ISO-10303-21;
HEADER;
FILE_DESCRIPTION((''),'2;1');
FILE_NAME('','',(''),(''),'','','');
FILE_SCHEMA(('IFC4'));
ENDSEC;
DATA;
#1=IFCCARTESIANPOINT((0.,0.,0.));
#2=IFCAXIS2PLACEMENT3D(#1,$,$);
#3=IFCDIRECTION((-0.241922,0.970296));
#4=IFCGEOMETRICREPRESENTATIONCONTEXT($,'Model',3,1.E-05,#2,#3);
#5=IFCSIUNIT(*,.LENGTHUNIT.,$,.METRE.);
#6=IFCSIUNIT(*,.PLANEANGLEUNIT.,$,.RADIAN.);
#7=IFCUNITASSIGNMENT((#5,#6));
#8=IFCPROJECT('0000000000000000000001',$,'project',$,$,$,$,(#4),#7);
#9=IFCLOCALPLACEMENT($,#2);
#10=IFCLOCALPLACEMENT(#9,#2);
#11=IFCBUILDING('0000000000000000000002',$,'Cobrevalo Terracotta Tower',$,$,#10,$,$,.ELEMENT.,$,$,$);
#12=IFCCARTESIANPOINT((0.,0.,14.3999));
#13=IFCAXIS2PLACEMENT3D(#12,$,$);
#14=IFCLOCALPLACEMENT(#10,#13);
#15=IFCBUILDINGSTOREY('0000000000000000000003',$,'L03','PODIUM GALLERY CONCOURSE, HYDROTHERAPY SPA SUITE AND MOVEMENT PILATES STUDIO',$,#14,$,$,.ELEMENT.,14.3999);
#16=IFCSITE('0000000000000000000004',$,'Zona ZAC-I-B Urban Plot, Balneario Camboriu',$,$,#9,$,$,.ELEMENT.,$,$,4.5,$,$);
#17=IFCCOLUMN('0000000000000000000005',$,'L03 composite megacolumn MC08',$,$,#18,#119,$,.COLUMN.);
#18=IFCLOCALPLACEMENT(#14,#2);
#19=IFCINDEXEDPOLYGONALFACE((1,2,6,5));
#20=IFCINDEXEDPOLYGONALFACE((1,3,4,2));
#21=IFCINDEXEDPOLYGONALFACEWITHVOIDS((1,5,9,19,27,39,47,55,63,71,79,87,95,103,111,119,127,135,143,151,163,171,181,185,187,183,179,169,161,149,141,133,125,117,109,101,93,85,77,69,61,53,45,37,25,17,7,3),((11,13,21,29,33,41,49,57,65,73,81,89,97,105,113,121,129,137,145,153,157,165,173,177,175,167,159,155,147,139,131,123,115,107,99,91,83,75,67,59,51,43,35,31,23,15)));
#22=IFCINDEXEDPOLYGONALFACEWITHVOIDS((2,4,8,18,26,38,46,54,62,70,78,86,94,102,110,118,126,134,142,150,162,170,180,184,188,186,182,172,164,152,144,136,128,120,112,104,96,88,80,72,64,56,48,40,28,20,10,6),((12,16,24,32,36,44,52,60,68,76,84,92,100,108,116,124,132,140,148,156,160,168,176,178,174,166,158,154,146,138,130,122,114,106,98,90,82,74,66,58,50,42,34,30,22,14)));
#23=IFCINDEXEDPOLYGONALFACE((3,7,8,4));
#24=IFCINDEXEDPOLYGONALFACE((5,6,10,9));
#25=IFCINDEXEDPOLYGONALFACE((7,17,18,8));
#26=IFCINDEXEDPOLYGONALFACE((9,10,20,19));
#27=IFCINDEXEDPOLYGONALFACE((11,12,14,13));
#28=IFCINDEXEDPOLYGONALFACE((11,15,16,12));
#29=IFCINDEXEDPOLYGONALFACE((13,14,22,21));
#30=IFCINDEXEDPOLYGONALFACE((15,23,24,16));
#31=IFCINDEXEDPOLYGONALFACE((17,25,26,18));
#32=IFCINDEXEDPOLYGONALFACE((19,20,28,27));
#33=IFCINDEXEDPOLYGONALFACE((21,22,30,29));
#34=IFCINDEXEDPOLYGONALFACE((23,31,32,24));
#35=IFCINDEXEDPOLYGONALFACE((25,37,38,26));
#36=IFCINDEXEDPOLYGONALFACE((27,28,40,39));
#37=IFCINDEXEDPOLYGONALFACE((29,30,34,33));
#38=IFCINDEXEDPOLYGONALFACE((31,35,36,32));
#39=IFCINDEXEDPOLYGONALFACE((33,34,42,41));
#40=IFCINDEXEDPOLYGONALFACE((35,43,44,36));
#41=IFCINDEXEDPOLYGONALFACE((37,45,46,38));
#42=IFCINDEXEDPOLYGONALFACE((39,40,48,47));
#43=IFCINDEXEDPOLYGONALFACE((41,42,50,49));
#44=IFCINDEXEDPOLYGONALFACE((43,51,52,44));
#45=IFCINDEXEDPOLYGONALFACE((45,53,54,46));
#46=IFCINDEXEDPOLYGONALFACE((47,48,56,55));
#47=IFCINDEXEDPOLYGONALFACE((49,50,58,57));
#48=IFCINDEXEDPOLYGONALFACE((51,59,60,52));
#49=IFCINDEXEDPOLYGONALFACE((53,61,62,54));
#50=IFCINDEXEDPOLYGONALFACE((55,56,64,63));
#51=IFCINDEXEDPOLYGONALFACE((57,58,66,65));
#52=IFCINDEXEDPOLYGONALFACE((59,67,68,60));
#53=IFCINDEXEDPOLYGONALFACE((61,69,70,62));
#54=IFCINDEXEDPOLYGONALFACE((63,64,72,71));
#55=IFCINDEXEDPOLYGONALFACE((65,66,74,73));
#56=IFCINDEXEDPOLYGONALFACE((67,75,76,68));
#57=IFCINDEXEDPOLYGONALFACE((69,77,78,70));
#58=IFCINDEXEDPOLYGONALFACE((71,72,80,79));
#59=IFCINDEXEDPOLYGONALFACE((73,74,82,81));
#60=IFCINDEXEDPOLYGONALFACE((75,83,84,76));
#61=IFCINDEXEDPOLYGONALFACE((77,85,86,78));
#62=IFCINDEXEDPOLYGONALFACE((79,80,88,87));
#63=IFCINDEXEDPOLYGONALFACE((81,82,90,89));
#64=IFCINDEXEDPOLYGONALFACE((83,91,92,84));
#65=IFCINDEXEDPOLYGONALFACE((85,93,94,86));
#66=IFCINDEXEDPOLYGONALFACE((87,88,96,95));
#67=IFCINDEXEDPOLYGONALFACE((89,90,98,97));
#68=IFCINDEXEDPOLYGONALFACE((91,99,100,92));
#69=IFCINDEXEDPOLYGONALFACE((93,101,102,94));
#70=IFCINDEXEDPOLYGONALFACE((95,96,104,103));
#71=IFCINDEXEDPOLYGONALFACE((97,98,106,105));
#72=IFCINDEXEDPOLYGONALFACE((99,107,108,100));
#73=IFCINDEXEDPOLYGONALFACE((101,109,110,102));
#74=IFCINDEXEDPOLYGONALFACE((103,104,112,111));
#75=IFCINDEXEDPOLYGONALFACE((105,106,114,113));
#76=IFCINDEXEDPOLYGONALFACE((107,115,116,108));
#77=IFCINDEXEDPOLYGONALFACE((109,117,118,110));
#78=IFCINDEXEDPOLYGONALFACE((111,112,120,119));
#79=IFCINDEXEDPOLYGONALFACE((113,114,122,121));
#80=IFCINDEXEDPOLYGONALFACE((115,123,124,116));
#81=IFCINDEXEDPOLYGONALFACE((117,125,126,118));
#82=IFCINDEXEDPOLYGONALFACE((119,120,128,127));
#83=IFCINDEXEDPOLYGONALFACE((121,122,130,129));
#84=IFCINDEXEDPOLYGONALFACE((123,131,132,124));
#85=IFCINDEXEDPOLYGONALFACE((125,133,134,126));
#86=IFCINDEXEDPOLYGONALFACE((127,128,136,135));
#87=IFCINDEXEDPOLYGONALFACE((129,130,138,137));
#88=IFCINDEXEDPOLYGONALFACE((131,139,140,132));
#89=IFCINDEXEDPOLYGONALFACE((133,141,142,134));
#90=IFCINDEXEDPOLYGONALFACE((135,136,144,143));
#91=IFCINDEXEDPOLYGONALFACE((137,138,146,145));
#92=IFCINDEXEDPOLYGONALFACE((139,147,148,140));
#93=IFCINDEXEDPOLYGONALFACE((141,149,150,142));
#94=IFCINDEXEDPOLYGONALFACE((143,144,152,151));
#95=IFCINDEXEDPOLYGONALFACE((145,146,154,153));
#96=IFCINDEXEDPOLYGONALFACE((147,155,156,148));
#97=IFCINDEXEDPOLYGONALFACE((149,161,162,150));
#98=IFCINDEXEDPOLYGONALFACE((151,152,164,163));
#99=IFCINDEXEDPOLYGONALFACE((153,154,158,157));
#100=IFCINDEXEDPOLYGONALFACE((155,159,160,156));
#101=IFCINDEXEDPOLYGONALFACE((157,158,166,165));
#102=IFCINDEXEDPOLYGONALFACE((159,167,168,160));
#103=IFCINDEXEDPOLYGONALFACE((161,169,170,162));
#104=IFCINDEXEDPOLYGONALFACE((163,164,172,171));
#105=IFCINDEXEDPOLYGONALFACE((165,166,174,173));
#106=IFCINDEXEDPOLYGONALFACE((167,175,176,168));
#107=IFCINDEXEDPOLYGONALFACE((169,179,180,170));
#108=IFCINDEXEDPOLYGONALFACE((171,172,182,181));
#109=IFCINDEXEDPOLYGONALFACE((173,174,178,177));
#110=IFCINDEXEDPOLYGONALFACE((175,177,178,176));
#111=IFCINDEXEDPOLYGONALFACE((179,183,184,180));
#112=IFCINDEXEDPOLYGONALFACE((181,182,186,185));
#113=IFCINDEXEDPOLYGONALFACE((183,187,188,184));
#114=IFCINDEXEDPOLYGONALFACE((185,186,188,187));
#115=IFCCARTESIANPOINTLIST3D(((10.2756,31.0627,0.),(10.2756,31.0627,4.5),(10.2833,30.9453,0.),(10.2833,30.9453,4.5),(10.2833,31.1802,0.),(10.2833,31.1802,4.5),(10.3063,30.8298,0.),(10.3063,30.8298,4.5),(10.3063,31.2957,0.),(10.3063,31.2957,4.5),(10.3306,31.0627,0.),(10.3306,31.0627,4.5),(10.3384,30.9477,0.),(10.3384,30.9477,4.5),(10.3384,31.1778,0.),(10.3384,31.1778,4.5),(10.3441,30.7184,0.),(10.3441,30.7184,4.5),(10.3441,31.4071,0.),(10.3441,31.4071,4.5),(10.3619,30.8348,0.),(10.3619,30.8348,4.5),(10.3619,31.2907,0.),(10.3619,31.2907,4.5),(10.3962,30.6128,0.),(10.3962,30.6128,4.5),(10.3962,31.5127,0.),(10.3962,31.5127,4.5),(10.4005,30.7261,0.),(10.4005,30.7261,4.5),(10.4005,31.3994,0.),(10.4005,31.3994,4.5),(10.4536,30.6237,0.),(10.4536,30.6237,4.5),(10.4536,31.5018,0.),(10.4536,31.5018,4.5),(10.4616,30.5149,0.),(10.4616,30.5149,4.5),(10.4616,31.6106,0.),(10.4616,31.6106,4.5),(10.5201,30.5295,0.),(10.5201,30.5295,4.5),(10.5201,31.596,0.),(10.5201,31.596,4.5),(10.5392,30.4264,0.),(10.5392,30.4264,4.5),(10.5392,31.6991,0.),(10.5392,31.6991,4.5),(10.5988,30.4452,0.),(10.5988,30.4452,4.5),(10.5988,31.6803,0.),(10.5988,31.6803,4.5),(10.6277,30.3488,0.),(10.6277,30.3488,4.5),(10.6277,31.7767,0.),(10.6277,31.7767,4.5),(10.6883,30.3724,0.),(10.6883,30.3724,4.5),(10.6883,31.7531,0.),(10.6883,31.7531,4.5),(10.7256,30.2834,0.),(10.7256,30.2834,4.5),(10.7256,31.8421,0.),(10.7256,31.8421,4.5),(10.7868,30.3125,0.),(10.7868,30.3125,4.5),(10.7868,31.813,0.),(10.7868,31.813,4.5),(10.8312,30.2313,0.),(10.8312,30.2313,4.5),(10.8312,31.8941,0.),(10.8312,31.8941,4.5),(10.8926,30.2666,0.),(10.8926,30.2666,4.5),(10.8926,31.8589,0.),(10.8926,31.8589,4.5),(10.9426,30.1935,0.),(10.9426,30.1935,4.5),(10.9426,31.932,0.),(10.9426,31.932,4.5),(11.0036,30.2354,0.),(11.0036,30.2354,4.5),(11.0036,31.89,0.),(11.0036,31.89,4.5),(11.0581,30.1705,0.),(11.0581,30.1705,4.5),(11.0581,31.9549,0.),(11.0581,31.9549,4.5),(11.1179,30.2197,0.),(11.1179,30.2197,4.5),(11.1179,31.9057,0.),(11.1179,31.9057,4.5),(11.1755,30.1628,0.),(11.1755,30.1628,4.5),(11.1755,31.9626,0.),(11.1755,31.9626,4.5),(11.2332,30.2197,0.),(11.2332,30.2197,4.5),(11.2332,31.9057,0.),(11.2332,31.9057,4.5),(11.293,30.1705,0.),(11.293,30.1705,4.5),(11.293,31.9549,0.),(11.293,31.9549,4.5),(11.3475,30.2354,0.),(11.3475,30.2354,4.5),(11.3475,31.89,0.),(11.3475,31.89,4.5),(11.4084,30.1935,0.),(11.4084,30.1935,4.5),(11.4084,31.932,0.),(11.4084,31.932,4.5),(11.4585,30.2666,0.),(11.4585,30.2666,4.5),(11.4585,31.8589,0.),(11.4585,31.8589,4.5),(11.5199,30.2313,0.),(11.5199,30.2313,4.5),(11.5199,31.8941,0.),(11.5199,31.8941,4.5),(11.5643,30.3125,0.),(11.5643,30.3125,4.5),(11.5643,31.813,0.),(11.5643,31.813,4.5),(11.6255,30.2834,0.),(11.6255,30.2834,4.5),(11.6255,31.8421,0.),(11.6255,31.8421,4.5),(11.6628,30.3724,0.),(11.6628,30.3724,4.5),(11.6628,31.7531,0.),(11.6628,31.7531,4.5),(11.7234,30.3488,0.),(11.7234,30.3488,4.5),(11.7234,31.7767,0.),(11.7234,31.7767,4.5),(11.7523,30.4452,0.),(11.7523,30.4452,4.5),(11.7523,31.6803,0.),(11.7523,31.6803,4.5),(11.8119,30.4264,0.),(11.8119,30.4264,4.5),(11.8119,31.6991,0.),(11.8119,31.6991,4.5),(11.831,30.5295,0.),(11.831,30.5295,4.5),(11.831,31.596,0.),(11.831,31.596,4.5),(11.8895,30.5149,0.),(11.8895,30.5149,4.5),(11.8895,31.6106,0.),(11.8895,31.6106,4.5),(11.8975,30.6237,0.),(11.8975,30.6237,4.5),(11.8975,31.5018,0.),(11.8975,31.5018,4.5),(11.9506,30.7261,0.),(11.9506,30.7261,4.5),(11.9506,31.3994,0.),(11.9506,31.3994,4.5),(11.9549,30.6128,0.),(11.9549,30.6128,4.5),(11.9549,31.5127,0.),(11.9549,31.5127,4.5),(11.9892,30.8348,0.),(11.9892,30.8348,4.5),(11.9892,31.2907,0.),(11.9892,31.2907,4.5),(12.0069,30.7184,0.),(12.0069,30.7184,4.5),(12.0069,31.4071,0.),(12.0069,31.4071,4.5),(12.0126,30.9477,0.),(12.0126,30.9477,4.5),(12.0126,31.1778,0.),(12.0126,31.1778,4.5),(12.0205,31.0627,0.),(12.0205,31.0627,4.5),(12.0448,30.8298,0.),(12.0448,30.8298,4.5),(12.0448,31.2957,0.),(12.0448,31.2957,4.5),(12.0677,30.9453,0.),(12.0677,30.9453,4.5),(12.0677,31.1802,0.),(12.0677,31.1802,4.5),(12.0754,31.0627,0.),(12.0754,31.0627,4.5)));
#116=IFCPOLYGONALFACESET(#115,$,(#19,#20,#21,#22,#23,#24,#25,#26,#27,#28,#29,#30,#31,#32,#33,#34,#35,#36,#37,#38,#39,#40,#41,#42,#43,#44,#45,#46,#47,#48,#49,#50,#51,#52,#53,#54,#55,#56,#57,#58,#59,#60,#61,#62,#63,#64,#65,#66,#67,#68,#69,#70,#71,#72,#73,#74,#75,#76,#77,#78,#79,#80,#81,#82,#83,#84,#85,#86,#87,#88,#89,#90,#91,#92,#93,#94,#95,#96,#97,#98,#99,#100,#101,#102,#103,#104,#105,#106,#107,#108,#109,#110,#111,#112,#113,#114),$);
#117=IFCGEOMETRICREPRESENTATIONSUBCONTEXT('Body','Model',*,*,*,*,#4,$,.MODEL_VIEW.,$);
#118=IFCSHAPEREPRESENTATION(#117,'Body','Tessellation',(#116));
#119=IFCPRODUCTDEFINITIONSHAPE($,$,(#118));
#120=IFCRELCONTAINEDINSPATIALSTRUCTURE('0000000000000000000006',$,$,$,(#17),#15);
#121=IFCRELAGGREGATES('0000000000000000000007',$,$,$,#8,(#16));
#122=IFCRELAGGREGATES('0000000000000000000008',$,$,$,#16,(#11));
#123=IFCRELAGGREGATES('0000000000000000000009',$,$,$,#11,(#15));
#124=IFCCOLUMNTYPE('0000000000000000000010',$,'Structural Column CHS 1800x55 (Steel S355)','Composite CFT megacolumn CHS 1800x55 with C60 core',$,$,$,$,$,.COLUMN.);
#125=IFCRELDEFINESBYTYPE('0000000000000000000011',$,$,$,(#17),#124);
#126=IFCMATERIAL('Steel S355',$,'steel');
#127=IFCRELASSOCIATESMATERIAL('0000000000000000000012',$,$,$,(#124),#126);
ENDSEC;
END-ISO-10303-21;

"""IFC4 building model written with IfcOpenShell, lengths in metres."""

from ifc_helpers import new_model, si_unit, direction, frame, origin, origin_2d, place, context, subcontext, project, spatial, hollow_circle, extrude, material, material_profile, profile_set, type_object, element, save


model = new_model("IFC4")

# Units and contexts
model_context = context("Model", 3, precision=1e-05, world=origin(), true_north=direction((-0.241922, 0.970296)))
body_context = subcontext(model_context, "Body", "Model", "MODEL_VIEW")
ifc_project = project(units=[si_unit("LENGTHUNIT", "METRE"), si_unit("PLANEANGLEUNIT", "RADIAN")], contexts=[model_context])

# Site, building, storey
site_placement = place(None, origin())
site = spatial("IfcSite", under=ifc_project, at=site_placement, Name="Zona ZAC-I-B Urban Plot, Balneario Camboriu", CompositionType="ELEMENT", RefElevation=4.5)
building_placement = place(site_placement, origin())
building = spatial("IfcBuilding", under=site, at=building_placement, Name="Cobrevalo Terracotta Tower", CompositionType="ELEMENT")
storey_placement = place(building_placement, frame((0.0, 0.0, 14.3999)))
storey = spatial("IfcBuildingStorey", under=building, at=storey_placement, Name="L03", Description="PODIUM GALLERY CONCOURSE, HYDROTHERAPY SPA SUITE AND MOVEMENT PILATES STUDIO", CompositionType="ELEMENT", Elevation=14.3999)

# Column
ifc_material_1 = material(Name="Steel S355", Category="steel")
ifc_material_profile_1 = material_profile(ifc_material_1, hollow_circle(Radius=0.8999, WallThickness=0.0549, at=origin_2d()), Name="CHS 1800x55")
ifc_profile_set_1 = profile_set([ifc_material_profile_1], Name="Steel S355")
column_type_1 = type_object("IfcColumnType", Name="Structural Column CHS 1800x55 (Steel S355)", Description="Composite CFT megacolumn CHS 1800x55 with C60 core", PredefinedType="COLUMN", material=ifc_profile_set_1)
for number, where, z_axis, x_axis, name in (
    (1, (11.1755, 31.0627, 0.0), (0.0, 0.0, 1.0), (1.0, 0.0, 0.0), "L03 composite megacolumn MC08"),
):
    element("IfcColumn", number, at=place(storey_placement, frame(where, z_axis=z_axis, x_axis=x_axis)), inside=storey, type_object=column_type_1, Name=name, PredefinedType="COLUMN", context=body_context, shape_type="SweptSolid", body=[
        extrude(hollow_circle(Radius=0.8999, WallThickness=0.0549, at=origin_2d()), origin(), (0.0, 0.0, 1.0), 4.5),
    ])

save(model, "model.ifc")
